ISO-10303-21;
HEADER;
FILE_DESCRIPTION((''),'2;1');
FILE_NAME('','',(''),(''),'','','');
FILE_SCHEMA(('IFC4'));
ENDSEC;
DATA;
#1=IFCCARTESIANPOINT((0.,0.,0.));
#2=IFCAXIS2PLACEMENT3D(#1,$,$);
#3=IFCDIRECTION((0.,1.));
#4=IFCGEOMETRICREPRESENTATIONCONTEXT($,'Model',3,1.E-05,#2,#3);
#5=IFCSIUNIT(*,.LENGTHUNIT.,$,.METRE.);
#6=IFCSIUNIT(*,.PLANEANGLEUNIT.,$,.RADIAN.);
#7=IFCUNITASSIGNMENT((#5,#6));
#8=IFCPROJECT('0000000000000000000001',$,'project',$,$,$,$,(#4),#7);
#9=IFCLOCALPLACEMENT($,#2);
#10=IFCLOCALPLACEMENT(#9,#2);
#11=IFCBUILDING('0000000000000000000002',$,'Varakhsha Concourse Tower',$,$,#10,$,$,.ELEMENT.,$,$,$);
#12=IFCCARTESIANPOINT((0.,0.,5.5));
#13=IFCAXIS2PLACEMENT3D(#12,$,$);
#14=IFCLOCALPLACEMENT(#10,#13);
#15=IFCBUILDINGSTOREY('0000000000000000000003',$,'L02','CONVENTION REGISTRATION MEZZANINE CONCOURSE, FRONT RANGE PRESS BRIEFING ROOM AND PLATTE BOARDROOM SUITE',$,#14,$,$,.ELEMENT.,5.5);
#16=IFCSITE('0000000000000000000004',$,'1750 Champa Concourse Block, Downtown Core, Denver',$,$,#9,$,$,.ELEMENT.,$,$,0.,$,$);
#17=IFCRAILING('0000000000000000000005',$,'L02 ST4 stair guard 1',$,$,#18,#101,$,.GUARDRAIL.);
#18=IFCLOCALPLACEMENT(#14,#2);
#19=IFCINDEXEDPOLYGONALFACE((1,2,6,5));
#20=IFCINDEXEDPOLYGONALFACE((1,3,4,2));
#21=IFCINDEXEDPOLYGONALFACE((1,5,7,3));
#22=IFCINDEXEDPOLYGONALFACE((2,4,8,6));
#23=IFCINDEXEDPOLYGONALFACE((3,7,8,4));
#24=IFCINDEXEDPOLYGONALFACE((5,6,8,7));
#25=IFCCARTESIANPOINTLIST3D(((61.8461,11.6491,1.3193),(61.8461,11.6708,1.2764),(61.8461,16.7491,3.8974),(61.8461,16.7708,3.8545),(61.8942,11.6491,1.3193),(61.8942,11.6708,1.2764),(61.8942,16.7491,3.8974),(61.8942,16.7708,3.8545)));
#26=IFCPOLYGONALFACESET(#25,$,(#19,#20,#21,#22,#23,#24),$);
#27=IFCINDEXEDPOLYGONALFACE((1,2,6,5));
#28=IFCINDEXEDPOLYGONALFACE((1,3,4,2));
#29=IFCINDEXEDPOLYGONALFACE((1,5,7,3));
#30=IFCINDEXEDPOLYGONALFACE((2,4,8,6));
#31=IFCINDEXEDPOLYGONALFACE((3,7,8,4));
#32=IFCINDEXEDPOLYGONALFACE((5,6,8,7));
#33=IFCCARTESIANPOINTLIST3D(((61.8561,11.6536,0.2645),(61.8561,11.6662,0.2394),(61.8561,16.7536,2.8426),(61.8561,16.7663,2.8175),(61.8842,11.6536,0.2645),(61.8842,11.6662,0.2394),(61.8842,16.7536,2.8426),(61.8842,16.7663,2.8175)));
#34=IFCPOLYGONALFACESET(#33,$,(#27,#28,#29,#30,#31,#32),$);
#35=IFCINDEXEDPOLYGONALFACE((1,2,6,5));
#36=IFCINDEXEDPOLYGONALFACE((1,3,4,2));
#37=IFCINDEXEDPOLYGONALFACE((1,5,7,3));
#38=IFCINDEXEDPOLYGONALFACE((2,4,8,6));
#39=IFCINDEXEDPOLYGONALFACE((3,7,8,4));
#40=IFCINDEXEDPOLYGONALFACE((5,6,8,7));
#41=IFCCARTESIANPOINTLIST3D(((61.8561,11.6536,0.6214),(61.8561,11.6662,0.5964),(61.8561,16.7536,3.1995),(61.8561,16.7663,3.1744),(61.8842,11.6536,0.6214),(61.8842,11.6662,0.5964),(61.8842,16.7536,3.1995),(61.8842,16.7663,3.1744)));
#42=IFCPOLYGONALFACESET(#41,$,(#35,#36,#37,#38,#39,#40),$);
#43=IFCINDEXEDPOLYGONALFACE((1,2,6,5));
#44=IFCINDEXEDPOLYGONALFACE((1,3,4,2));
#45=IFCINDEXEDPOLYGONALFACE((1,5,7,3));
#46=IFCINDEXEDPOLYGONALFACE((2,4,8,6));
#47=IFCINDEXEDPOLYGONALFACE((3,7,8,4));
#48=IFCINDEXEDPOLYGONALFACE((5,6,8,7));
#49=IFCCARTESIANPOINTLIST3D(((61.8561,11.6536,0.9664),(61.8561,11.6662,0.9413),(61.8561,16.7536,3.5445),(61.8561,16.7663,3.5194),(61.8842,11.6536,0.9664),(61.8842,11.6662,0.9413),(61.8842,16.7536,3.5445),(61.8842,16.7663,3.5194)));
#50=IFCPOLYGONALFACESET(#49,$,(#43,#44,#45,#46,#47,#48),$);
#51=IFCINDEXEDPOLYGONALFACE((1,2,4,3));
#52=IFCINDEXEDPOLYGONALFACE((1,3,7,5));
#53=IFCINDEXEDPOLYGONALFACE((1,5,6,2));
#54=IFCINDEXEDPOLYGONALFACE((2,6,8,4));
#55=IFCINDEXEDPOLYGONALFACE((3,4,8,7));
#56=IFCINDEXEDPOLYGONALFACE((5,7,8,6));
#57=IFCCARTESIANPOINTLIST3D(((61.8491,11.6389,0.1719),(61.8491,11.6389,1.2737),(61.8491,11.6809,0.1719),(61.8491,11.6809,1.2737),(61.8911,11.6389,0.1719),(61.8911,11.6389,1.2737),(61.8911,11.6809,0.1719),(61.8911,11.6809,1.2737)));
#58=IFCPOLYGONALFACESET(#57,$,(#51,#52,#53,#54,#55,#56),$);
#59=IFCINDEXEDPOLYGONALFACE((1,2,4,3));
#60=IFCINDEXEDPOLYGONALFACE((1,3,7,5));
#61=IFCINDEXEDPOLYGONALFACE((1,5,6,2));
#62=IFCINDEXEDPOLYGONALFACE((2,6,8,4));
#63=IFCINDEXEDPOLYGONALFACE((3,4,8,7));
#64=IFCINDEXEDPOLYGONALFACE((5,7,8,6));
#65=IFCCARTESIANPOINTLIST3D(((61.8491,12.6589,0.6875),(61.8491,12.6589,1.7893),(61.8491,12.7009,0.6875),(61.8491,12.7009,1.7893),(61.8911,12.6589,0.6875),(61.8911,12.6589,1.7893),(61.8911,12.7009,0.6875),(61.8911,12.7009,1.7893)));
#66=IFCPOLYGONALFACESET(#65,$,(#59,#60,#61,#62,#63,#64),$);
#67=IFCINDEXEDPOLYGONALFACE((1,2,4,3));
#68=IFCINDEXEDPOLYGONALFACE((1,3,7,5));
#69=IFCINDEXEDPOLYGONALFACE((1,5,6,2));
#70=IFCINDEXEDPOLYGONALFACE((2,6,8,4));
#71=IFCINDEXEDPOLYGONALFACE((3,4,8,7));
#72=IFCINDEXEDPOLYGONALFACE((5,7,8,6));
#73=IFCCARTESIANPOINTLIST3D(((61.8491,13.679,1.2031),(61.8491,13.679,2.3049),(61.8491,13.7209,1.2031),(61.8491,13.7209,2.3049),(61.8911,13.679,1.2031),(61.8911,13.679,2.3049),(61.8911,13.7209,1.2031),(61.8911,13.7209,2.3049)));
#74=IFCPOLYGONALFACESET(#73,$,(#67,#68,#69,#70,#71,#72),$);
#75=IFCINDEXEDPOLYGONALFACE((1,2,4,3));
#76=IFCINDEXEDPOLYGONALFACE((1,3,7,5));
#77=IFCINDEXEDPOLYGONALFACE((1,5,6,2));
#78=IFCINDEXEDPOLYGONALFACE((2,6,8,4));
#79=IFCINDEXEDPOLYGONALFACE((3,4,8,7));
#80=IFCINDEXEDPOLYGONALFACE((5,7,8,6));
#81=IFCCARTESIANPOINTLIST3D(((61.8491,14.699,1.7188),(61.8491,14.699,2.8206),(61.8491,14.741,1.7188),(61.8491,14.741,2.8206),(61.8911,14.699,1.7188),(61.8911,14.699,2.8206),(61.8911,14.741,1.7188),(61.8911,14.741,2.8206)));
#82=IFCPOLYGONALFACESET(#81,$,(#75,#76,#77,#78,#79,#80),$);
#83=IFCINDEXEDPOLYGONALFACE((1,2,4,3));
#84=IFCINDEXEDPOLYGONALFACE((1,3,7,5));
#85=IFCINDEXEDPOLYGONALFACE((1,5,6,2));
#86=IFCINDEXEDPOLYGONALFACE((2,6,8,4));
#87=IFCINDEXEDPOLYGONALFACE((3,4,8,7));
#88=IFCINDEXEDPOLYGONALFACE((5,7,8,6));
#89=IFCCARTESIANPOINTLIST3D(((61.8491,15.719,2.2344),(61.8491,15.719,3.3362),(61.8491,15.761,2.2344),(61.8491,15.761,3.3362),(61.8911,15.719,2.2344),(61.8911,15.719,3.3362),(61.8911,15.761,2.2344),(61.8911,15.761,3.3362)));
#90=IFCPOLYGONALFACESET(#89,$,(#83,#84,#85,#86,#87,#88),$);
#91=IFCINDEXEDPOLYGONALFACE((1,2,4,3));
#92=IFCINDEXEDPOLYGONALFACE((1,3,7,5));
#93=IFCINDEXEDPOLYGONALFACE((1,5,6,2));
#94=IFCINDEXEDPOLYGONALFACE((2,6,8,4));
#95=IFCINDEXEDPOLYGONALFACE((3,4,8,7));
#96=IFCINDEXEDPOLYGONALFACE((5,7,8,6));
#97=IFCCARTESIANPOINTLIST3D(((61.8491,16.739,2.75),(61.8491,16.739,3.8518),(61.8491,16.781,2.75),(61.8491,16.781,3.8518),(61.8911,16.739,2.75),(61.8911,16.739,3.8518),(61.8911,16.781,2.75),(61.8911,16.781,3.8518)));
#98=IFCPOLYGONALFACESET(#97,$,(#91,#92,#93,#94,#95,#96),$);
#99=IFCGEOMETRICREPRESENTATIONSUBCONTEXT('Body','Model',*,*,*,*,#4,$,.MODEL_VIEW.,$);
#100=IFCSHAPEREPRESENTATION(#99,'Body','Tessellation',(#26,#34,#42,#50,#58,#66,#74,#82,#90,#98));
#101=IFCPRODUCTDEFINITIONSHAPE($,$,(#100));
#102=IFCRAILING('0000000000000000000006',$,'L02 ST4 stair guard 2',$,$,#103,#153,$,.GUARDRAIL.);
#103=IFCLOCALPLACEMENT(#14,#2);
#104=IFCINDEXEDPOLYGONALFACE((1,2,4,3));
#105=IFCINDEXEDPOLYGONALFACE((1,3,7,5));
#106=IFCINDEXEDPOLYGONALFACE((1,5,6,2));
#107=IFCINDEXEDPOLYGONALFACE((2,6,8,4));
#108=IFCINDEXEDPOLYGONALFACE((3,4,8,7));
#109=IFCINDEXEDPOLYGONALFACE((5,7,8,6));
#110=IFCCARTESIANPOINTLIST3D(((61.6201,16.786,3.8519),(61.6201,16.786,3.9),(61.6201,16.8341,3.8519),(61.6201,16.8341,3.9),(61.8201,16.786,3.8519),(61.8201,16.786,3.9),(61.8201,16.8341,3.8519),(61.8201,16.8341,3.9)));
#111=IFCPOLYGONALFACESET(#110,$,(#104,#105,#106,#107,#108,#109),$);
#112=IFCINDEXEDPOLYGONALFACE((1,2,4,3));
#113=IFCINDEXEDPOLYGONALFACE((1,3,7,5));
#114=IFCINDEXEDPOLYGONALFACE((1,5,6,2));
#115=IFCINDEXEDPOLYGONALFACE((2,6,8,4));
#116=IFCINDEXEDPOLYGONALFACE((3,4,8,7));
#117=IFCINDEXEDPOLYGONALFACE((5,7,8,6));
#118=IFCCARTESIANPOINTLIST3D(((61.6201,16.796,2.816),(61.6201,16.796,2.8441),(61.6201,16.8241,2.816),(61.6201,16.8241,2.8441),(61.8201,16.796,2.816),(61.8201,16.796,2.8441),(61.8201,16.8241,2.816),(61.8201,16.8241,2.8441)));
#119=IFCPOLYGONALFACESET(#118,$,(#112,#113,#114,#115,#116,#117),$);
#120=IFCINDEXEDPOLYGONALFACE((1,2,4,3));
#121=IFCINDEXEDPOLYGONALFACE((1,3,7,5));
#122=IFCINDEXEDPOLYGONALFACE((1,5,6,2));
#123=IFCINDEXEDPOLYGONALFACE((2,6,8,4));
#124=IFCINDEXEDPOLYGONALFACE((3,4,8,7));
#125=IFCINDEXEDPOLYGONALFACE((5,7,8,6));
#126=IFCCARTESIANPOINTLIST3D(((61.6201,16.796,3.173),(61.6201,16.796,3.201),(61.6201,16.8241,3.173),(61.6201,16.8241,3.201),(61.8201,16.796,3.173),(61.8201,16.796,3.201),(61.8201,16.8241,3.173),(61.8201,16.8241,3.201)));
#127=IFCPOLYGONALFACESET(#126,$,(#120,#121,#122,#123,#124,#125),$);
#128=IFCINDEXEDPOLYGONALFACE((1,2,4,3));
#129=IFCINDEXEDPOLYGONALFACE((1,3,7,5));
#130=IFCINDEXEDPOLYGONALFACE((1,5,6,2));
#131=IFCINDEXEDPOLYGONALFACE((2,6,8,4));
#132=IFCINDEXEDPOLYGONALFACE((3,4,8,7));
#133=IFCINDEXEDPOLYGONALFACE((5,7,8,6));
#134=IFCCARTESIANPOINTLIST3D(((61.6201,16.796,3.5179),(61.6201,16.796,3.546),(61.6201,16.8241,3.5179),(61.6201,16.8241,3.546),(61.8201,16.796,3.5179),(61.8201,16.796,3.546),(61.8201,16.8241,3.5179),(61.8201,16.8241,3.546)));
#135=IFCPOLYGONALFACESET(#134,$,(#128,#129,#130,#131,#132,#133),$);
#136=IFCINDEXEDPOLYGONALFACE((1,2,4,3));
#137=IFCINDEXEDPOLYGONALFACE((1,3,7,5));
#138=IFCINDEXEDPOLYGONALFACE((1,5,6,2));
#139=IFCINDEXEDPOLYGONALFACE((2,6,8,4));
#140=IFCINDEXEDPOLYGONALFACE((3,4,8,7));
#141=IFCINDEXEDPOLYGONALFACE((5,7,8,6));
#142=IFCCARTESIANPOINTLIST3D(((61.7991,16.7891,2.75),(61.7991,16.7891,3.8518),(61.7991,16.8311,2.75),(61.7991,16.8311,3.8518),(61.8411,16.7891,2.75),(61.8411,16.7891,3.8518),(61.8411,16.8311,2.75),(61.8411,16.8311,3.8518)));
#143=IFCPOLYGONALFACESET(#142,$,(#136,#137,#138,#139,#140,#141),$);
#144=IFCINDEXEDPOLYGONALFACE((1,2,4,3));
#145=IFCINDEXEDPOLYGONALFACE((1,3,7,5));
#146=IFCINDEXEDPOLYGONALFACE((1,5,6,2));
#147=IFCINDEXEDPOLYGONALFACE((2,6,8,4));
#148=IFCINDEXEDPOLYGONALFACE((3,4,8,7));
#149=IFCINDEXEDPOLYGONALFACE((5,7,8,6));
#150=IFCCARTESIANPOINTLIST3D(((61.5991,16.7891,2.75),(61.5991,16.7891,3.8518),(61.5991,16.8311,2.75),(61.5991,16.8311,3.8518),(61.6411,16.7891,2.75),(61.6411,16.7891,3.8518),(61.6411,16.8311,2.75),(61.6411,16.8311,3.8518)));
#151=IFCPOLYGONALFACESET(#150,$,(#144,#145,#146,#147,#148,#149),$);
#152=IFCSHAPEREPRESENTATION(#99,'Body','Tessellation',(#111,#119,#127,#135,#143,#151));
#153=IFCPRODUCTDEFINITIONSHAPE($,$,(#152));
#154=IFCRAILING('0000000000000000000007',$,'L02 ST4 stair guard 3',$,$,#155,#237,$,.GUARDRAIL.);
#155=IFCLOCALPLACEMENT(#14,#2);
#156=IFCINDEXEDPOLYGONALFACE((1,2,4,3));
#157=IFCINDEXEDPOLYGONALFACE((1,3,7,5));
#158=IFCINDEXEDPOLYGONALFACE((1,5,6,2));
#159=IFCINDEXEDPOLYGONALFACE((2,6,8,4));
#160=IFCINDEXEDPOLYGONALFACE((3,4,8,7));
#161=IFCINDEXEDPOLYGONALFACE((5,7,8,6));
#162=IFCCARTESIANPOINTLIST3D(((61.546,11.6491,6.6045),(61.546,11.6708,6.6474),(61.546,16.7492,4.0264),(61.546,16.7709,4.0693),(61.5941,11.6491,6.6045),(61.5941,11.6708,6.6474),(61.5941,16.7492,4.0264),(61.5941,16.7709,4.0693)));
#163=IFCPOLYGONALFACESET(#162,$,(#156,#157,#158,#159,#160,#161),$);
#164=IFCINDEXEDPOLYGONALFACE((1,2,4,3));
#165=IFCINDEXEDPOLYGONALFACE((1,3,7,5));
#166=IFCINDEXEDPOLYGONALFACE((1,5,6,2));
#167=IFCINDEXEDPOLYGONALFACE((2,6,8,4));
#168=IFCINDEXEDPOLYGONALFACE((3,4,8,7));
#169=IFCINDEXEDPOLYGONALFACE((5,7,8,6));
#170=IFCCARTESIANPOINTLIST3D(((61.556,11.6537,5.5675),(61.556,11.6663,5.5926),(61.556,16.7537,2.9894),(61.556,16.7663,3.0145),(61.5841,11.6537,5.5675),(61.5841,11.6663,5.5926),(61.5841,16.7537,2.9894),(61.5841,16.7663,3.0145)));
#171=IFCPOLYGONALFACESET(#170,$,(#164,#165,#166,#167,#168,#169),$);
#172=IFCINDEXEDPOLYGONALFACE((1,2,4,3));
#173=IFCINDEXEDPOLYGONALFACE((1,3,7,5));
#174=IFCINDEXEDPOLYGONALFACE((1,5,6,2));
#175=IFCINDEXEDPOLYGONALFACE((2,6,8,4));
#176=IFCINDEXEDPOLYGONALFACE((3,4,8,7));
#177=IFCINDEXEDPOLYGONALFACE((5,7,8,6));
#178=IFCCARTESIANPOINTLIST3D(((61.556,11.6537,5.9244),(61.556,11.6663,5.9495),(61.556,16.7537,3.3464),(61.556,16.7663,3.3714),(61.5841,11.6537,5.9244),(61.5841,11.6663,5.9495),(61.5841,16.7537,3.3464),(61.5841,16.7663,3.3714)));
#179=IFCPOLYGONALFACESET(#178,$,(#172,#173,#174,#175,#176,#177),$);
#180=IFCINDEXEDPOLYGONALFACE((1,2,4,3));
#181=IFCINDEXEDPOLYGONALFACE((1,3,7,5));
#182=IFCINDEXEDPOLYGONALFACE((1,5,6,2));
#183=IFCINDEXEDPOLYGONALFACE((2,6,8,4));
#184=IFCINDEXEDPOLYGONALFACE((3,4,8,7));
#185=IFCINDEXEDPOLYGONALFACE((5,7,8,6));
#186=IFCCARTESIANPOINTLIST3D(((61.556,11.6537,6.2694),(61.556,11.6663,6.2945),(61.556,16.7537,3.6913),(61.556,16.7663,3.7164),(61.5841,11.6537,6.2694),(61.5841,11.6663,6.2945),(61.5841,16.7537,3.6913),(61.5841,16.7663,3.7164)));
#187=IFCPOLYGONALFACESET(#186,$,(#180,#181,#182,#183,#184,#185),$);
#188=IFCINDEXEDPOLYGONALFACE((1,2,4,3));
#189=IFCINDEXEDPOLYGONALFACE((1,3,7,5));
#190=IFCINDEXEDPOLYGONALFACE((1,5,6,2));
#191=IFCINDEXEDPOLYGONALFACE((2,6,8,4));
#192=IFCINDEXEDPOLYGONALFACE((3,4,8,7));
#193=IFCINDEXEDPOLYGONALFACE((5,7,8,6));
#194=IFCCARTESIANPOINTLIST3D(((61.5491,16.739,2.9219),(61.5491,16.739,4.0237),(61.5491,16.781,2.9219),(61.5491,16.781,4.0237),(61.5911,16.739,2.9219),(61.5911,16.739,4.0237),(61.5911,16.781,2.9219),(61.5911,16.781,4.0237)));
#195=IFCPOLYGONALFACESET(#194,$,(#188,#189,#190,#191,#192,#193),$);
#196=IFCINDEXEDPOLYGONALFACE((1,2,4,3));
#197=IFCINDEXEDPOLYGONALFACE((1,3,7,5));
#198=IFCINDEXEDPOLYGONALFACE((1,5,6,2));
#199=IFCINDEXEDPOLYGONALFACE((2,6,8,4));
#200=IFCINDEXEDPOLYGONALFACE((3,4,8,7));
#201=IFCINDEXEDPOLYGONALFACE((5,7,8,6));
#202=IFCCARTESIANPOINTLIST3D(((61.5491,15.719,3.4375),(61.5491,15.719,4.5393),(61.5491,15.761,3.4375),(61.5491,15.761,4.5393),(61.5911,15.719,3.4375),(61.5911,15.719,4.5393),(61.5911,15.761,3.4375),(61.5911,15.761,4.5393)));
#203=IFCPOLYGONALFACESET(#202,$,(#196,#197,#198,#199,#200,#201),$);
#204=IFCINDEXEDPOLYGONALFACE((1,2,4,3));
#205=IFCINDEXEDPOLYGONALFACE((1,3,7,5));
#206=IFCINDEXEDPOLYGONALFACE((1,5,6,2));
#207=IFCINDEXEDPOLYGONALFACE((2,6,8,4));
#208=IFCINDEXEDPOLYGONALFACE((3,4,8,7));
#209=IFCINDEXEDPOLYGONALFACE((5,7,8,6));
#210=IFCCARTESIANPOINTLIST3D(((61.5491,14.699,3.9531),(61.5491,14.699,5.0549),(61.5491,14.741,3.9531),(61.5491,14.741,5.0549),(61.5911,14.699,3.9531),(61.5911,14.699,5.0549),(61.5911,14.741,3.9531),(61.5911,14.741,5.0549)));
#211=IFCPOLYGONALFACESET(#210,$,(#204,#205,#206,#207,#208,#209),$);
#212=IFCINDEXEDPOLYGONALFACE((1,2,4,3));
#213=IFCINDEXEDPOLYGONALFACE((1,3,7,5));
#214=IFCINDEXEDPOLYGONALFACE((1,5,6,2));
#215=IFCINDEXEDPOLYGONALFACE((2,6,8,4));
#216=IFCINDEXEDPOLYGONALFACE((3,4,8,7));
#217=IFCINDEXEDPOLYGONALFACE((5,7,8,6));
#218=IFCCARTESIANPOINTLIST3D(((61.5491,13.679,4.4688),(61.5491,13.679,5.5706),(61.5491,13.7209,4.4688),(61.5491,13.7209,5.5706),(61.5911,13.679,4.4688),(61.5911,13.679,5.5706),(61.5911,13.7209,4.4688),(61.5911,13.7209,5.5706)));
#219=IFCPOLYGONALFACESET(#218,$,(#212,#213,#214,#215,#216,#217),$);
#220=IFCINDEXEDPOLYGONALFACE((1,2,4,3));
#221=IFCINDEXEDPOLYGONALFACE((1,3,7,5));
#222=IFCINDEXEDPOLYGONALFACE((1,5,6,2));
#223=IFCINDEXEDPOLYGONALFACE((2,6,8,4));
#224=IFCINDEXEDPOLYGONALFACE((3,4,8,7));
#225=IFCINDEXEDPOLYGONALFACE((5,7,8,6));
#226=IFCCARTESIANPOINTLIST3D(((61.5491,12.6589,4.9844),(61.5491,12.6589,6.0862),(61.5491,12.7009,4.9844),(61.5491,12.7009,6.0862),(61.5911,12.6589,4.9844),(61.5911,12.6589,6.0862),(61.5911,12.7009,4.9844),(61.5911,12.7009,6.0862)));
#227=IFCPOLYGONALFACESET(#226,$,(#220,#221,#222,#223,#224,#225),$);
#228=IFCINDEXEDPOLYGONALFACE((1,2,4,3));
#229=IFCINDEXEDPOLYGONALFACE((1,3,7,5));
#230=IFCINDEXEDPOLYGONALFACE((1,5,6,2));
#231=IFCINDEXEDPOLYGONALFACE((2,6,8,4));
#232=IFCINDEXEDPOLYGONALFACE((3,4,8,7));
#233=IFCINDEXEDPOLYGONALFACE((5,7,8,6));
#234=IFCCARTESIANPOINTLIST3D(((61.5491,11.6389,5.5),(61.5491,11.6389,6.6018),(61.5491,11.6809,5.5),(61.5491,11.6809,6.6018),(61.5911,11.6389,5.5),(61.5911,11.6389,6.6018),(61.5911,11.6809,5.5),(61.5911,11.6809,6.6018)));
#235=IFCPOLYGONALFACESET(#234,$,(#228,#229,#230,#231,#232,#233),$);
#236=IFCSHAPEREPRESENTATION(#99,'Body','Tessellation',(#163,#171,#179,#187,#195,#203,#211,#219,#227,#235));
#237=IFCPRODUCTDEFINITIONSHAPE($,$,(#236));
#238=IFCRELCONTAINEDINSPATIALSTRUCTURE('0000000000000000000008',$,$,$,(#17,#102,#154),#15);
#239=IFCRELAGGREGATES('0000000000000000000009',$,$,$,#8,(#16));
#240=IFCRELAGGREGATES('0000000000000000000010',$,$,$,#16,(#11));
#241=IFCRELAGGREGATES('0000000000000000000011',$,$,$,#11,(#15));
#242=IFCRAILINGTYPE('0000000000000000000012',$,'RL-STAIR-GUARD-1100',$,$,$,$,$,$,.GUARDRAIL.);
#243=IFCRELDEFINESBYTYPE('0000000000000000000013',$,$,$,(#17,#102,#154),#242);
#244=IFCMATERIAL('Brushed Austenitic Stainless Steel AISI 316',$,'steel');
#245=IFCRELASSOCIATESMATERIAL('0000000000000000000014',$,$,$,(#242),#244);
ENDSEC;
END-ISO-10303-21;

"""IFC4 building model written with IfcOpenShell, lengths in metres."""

from ifc_helpers import new_model, si_unit, direction, frame, origin, origin_2d, place, context, subcontext, project, spatial, rectangle, extrude, material, type_object, element, save


model = new_model("IFC4")

# Units and contexts
model_context = context("Model", 3, precision=1e-05, world=origin(), true_north=direction((0.0, 1.0)))
body_context = subcontext(model_context, "Body", "Model", "MODEL_VIEW")
ifc_project = project(units=[si_unit("LENGTHUNIT", "METRE"), si_unit("PLANEANGLEUNIT", "RADIAN")], contexts=[model_context])

# Site, building, storey
site_placement = place(None, origin())
site = spatial("IfcSite", under=ifc_project, at=site_placement, Name="1750 Champa Concourse Block, Downtown Core, Denver", CompositionType="ELEMENT", RefElevation=0.0)
building_placement = place(site_placement, origin())
building = spatial("IfcBuilding", under=site, at=building_placement, Name="Varakhsha Concourse Tower", CompositionType="ELEMENT")
storey_placement = place(building_placement, frame((0.0, 0.0, 5.5)))
storey = spatial("IfcBuildingStorey", under=building, at=storey_placement, Name="L02", Description="CONVENTION REGISTRATION MEZZANINE CONCOURSE, FRONT RANGE PRESS BRIEFING ROOM AND PLATTE BOARDROOM SUITE", CompositionType="ELEMENT", Elevation=5.5)

# Railings
ifc_material_1 = material(Name="Brushed Austenitic Stainless Steel AISI 316", Category="steel")
railing_type_1 = type_object("IfcRailingType", Name="RL-STAIR-GUARD-1100", PredefinedType="GUARDRAIL", material=ifc_material_1)
railing_1_placement = place(storey_placement, frame((61.8701, 11.6599, 0.1719)))
element("IfcRailing", 1, at=railing_1_placement, inside=storey, type_object=railing_type_1, Name="L02 ST4 stair guard 1", PredefinedType="GUARDRAIL", context=body_context, shape_type="SweptSolid", body=[
    extrude(rectangle(XDim=0.0481, YDim=0.0481, at=origin_2d()), frame((0.0, 0.0, 1.126), z_axis=(0.0, 0.892453, 0.45114), x_axis=(-1.0, 0.0, 0.0)), (0.0, 0.0, 1.0), 5.7146),
    extrude(rectangle(XDim=0.0281, YDim=0.0281, at=origin_2d()), frame((0.0, 0.0, 0.0801), z_axis=(0.0, 0.892453, 0.45114), x_axis=(-1.0, 0.0, 0.0)), (0.0, 0.0, 1.0), 5.7146),
    extrude(rectangle(XDim=0.0281, YDim=0.0281, at=origin_2d()), frame((0.0, 0.0, 0.437), z_axis=(0.0, 0.892453, 0.45114), x_axis=(-1.0, 0.0, 0.0)), (0.0, 0.0, 1.0), 5.7146),
    extrude(rectangle(XDim=0.0281, YDim=0.0281, at=origin_2d()), frame((0.0, 0.0, 0.782), z_axis=(0.0, 0.892453, 0.45114), x_axis=(-1.0, 0.0, 0.0)), (0.0, 0.0, 1.0), 5.7146),
    extrude(rectangle(XDim=0.042, YDim=0.042, at=origin_2d()), origin(), (0.0, 0.0, 1.0), 1.1018),
    extrude(rectangle(XDim=0.042, YDim=0.042, at=origin_2d()), frame((0.0, 1.02, 0.5156)), (0.0, 0.0, 1.0), 1.1018),
    extrude(rectangle(XDim=0.042, YDim=0.042, at=origin_2d()), frame((0.0, 2.04, 1.0312)), (0.0, 0.0, 1.0), 1.1018),
    extrude(rectangle(XDim=0.042, YDim=0.042, at=origin_2d()), frame((0.0, 3.0601, 1.5469)), (0.0, 0.0, 1.0), 1.1018),
    extrude(rectangle(XDim=0.042, YDim=0.042, at=origin_2d()), frame((0.0, 4.0801, 2.0625)), (0.0, 0.0, 1.0), 1.1018),
    extrude(rectangle(XDim=0.042, YDim=0.042, at=origin_2d()), frame((0.0, 5.1001, 2.5781)), (0.0, 0.0, 1.0), 1.1018),
])
railing_2_placement = place(storey_placement, frame((61.8201, 16.8101, 2.75)))
element("IfcRailing", 2, at=railing_2_placement, inside=storey, type_object=railing_type_1, Name="L02 ST4 stair guard 2", PredefinedType="GUARDRAIL", context=body_context, shape_type="SweptSolid", body=[
    extrude(rectangle(XDim=0.0481, YDim=0.0481, at=origin_2d()), frame((0.0, 0.0, 1.126), z_axis=(-1.0, 0.0, 0.0), x_axis=(0.0, -1.0, 0.0)), (0.0, 0.0, 1.0), 0.2),
    extrude(rectangle(XDim=0.0281, YDim=0.0281, at=origin_2d()), frame((0.0, 0.0, 0.0801), z_axis=(-1.0, 0.0, 0.0), x_axis=(0.0, -1.0, 0.0)), (0.0, 0.0, 1.0), 0.2),
    extrude(rectangle(XDim=0.0281, YDim=0.0281, at=origin_2d()), frame((0.0, 0.0, 0.437), z_axis=(-1.0, 0.0, 0.0), x_axis=(0.0, -1.0, 0.0)), (0.0, 0.0, 1.0), 0.2),
    extrude(rectangle(XDim=0.0281, YDim=0.0281, at=origin_2d()), frame((0.0, 0.0, 0.782), z_axis=(-1.0, 0.0, 0.0), x_axis=(0.0, -1.0, 0.0)), (0.0, 0.0, 1.0), 0.2),
    extrude(rectangle(XDim=0.042, YDim=0.042, at=origin_2d()), origin(), (0.0, 0.0, 1.0), 1.1018),
    extrude(rectangle(XDim=0.042, YDim=0.042, at=origin_2d()), frame((-0.2, 0.0, 0.0)), (0.0, 0.0, 1.0), 1.1018),
])
railing_3_placement = place(storey_placement, frame((61.5701, 16.76, 2.9219)))
element("IfcRailing", 3, at=railing_3_placement, inside=storey, type_object=railing_type_1, Name="L02 ST4 stair guard 3", PredefinedType="GUARDRAIL", context=body_context, shape_type="SweptSolid", body=[
    extrude(rectangle(XDim=0.0481, YDim=0.0481, at=origin_2d()), frame((0.0, 0.0, 1.126), z_axis=(0.0, -0.892453, 0.45114), x_axis=(1.0, 0.0, 0.0)), (0.0, 0.0, 1.0), 5.7146),
    extrude(rectangle(XDim=0.0281, YDim=0.0281, at=origin_2d()), frame((0.0, 0.0, 0.0801), z_axis=(0.0, -0.892453, 0.45114), x_axis=(1.0, 0.0, 0.0)), (0.0, 0.0, 1.0), 5.7146),
    extrude(rectangle(XDim=0.0281, YDim=0.0281, at=origin_2d()), frame((0.0, 0.0, 0.437), z_axis=(0.0, -0.892453, 0.45114), x_axis=(1.0, 0.0, 0.0)), (0.0, 0.0, 1.0), 5.7146),
    extrude(rectangle(XDim=0.0281, YDim=0.0281, at=origin_2d()), frame((0.0, 0.0, 0.782), z_axis=(0.0, -0.892453, 0.45114), x_axis=(1.0, 0.0, 0.0)), (0.0, 0.0, 1.0), 5.7146),
    extrude(rectangle(XDim=0.042, YDim=0.042, at=origin_2d()), origin(), (0.0, 0.0, 1.0), 1.1018),
    extrude(rectangle(XDim=0.042, YDim=0.042, at=origin_2d()), frame((0.0, -1.02, 0.5156)), (0.0, 0.0, 1.0), 1.1018),
    extrude(rectangle(XDim=0.042, YDim=0.042, at=origin_2d()), frame((0.0, -2.04, 1.0312)), (0.0, 0.0, 1.0), 1.1018),
    extrude(rectangle(XDim=0.042, YDim=0.042, at=origin_2d()), frame((0.0, -3.0601, 1.5469)), (0.0, 0.0, 1.0), 1.1018),
    extrude(rectangle(XDim=0.042, YDim=0.042, at=origin_2d()), frame((0.0, -4.0801, 2.0625)), (0.0, 0.0, 1.0), 1.1018),
    extrude(rectangle(XDim=0.042, YDim=0.042, at=origin_2d()), frame((0.0, -5.1001, 2.5781)), (0.0, 0.0, 1.0), 1.1018),
])

save(model, "model.ifc")
